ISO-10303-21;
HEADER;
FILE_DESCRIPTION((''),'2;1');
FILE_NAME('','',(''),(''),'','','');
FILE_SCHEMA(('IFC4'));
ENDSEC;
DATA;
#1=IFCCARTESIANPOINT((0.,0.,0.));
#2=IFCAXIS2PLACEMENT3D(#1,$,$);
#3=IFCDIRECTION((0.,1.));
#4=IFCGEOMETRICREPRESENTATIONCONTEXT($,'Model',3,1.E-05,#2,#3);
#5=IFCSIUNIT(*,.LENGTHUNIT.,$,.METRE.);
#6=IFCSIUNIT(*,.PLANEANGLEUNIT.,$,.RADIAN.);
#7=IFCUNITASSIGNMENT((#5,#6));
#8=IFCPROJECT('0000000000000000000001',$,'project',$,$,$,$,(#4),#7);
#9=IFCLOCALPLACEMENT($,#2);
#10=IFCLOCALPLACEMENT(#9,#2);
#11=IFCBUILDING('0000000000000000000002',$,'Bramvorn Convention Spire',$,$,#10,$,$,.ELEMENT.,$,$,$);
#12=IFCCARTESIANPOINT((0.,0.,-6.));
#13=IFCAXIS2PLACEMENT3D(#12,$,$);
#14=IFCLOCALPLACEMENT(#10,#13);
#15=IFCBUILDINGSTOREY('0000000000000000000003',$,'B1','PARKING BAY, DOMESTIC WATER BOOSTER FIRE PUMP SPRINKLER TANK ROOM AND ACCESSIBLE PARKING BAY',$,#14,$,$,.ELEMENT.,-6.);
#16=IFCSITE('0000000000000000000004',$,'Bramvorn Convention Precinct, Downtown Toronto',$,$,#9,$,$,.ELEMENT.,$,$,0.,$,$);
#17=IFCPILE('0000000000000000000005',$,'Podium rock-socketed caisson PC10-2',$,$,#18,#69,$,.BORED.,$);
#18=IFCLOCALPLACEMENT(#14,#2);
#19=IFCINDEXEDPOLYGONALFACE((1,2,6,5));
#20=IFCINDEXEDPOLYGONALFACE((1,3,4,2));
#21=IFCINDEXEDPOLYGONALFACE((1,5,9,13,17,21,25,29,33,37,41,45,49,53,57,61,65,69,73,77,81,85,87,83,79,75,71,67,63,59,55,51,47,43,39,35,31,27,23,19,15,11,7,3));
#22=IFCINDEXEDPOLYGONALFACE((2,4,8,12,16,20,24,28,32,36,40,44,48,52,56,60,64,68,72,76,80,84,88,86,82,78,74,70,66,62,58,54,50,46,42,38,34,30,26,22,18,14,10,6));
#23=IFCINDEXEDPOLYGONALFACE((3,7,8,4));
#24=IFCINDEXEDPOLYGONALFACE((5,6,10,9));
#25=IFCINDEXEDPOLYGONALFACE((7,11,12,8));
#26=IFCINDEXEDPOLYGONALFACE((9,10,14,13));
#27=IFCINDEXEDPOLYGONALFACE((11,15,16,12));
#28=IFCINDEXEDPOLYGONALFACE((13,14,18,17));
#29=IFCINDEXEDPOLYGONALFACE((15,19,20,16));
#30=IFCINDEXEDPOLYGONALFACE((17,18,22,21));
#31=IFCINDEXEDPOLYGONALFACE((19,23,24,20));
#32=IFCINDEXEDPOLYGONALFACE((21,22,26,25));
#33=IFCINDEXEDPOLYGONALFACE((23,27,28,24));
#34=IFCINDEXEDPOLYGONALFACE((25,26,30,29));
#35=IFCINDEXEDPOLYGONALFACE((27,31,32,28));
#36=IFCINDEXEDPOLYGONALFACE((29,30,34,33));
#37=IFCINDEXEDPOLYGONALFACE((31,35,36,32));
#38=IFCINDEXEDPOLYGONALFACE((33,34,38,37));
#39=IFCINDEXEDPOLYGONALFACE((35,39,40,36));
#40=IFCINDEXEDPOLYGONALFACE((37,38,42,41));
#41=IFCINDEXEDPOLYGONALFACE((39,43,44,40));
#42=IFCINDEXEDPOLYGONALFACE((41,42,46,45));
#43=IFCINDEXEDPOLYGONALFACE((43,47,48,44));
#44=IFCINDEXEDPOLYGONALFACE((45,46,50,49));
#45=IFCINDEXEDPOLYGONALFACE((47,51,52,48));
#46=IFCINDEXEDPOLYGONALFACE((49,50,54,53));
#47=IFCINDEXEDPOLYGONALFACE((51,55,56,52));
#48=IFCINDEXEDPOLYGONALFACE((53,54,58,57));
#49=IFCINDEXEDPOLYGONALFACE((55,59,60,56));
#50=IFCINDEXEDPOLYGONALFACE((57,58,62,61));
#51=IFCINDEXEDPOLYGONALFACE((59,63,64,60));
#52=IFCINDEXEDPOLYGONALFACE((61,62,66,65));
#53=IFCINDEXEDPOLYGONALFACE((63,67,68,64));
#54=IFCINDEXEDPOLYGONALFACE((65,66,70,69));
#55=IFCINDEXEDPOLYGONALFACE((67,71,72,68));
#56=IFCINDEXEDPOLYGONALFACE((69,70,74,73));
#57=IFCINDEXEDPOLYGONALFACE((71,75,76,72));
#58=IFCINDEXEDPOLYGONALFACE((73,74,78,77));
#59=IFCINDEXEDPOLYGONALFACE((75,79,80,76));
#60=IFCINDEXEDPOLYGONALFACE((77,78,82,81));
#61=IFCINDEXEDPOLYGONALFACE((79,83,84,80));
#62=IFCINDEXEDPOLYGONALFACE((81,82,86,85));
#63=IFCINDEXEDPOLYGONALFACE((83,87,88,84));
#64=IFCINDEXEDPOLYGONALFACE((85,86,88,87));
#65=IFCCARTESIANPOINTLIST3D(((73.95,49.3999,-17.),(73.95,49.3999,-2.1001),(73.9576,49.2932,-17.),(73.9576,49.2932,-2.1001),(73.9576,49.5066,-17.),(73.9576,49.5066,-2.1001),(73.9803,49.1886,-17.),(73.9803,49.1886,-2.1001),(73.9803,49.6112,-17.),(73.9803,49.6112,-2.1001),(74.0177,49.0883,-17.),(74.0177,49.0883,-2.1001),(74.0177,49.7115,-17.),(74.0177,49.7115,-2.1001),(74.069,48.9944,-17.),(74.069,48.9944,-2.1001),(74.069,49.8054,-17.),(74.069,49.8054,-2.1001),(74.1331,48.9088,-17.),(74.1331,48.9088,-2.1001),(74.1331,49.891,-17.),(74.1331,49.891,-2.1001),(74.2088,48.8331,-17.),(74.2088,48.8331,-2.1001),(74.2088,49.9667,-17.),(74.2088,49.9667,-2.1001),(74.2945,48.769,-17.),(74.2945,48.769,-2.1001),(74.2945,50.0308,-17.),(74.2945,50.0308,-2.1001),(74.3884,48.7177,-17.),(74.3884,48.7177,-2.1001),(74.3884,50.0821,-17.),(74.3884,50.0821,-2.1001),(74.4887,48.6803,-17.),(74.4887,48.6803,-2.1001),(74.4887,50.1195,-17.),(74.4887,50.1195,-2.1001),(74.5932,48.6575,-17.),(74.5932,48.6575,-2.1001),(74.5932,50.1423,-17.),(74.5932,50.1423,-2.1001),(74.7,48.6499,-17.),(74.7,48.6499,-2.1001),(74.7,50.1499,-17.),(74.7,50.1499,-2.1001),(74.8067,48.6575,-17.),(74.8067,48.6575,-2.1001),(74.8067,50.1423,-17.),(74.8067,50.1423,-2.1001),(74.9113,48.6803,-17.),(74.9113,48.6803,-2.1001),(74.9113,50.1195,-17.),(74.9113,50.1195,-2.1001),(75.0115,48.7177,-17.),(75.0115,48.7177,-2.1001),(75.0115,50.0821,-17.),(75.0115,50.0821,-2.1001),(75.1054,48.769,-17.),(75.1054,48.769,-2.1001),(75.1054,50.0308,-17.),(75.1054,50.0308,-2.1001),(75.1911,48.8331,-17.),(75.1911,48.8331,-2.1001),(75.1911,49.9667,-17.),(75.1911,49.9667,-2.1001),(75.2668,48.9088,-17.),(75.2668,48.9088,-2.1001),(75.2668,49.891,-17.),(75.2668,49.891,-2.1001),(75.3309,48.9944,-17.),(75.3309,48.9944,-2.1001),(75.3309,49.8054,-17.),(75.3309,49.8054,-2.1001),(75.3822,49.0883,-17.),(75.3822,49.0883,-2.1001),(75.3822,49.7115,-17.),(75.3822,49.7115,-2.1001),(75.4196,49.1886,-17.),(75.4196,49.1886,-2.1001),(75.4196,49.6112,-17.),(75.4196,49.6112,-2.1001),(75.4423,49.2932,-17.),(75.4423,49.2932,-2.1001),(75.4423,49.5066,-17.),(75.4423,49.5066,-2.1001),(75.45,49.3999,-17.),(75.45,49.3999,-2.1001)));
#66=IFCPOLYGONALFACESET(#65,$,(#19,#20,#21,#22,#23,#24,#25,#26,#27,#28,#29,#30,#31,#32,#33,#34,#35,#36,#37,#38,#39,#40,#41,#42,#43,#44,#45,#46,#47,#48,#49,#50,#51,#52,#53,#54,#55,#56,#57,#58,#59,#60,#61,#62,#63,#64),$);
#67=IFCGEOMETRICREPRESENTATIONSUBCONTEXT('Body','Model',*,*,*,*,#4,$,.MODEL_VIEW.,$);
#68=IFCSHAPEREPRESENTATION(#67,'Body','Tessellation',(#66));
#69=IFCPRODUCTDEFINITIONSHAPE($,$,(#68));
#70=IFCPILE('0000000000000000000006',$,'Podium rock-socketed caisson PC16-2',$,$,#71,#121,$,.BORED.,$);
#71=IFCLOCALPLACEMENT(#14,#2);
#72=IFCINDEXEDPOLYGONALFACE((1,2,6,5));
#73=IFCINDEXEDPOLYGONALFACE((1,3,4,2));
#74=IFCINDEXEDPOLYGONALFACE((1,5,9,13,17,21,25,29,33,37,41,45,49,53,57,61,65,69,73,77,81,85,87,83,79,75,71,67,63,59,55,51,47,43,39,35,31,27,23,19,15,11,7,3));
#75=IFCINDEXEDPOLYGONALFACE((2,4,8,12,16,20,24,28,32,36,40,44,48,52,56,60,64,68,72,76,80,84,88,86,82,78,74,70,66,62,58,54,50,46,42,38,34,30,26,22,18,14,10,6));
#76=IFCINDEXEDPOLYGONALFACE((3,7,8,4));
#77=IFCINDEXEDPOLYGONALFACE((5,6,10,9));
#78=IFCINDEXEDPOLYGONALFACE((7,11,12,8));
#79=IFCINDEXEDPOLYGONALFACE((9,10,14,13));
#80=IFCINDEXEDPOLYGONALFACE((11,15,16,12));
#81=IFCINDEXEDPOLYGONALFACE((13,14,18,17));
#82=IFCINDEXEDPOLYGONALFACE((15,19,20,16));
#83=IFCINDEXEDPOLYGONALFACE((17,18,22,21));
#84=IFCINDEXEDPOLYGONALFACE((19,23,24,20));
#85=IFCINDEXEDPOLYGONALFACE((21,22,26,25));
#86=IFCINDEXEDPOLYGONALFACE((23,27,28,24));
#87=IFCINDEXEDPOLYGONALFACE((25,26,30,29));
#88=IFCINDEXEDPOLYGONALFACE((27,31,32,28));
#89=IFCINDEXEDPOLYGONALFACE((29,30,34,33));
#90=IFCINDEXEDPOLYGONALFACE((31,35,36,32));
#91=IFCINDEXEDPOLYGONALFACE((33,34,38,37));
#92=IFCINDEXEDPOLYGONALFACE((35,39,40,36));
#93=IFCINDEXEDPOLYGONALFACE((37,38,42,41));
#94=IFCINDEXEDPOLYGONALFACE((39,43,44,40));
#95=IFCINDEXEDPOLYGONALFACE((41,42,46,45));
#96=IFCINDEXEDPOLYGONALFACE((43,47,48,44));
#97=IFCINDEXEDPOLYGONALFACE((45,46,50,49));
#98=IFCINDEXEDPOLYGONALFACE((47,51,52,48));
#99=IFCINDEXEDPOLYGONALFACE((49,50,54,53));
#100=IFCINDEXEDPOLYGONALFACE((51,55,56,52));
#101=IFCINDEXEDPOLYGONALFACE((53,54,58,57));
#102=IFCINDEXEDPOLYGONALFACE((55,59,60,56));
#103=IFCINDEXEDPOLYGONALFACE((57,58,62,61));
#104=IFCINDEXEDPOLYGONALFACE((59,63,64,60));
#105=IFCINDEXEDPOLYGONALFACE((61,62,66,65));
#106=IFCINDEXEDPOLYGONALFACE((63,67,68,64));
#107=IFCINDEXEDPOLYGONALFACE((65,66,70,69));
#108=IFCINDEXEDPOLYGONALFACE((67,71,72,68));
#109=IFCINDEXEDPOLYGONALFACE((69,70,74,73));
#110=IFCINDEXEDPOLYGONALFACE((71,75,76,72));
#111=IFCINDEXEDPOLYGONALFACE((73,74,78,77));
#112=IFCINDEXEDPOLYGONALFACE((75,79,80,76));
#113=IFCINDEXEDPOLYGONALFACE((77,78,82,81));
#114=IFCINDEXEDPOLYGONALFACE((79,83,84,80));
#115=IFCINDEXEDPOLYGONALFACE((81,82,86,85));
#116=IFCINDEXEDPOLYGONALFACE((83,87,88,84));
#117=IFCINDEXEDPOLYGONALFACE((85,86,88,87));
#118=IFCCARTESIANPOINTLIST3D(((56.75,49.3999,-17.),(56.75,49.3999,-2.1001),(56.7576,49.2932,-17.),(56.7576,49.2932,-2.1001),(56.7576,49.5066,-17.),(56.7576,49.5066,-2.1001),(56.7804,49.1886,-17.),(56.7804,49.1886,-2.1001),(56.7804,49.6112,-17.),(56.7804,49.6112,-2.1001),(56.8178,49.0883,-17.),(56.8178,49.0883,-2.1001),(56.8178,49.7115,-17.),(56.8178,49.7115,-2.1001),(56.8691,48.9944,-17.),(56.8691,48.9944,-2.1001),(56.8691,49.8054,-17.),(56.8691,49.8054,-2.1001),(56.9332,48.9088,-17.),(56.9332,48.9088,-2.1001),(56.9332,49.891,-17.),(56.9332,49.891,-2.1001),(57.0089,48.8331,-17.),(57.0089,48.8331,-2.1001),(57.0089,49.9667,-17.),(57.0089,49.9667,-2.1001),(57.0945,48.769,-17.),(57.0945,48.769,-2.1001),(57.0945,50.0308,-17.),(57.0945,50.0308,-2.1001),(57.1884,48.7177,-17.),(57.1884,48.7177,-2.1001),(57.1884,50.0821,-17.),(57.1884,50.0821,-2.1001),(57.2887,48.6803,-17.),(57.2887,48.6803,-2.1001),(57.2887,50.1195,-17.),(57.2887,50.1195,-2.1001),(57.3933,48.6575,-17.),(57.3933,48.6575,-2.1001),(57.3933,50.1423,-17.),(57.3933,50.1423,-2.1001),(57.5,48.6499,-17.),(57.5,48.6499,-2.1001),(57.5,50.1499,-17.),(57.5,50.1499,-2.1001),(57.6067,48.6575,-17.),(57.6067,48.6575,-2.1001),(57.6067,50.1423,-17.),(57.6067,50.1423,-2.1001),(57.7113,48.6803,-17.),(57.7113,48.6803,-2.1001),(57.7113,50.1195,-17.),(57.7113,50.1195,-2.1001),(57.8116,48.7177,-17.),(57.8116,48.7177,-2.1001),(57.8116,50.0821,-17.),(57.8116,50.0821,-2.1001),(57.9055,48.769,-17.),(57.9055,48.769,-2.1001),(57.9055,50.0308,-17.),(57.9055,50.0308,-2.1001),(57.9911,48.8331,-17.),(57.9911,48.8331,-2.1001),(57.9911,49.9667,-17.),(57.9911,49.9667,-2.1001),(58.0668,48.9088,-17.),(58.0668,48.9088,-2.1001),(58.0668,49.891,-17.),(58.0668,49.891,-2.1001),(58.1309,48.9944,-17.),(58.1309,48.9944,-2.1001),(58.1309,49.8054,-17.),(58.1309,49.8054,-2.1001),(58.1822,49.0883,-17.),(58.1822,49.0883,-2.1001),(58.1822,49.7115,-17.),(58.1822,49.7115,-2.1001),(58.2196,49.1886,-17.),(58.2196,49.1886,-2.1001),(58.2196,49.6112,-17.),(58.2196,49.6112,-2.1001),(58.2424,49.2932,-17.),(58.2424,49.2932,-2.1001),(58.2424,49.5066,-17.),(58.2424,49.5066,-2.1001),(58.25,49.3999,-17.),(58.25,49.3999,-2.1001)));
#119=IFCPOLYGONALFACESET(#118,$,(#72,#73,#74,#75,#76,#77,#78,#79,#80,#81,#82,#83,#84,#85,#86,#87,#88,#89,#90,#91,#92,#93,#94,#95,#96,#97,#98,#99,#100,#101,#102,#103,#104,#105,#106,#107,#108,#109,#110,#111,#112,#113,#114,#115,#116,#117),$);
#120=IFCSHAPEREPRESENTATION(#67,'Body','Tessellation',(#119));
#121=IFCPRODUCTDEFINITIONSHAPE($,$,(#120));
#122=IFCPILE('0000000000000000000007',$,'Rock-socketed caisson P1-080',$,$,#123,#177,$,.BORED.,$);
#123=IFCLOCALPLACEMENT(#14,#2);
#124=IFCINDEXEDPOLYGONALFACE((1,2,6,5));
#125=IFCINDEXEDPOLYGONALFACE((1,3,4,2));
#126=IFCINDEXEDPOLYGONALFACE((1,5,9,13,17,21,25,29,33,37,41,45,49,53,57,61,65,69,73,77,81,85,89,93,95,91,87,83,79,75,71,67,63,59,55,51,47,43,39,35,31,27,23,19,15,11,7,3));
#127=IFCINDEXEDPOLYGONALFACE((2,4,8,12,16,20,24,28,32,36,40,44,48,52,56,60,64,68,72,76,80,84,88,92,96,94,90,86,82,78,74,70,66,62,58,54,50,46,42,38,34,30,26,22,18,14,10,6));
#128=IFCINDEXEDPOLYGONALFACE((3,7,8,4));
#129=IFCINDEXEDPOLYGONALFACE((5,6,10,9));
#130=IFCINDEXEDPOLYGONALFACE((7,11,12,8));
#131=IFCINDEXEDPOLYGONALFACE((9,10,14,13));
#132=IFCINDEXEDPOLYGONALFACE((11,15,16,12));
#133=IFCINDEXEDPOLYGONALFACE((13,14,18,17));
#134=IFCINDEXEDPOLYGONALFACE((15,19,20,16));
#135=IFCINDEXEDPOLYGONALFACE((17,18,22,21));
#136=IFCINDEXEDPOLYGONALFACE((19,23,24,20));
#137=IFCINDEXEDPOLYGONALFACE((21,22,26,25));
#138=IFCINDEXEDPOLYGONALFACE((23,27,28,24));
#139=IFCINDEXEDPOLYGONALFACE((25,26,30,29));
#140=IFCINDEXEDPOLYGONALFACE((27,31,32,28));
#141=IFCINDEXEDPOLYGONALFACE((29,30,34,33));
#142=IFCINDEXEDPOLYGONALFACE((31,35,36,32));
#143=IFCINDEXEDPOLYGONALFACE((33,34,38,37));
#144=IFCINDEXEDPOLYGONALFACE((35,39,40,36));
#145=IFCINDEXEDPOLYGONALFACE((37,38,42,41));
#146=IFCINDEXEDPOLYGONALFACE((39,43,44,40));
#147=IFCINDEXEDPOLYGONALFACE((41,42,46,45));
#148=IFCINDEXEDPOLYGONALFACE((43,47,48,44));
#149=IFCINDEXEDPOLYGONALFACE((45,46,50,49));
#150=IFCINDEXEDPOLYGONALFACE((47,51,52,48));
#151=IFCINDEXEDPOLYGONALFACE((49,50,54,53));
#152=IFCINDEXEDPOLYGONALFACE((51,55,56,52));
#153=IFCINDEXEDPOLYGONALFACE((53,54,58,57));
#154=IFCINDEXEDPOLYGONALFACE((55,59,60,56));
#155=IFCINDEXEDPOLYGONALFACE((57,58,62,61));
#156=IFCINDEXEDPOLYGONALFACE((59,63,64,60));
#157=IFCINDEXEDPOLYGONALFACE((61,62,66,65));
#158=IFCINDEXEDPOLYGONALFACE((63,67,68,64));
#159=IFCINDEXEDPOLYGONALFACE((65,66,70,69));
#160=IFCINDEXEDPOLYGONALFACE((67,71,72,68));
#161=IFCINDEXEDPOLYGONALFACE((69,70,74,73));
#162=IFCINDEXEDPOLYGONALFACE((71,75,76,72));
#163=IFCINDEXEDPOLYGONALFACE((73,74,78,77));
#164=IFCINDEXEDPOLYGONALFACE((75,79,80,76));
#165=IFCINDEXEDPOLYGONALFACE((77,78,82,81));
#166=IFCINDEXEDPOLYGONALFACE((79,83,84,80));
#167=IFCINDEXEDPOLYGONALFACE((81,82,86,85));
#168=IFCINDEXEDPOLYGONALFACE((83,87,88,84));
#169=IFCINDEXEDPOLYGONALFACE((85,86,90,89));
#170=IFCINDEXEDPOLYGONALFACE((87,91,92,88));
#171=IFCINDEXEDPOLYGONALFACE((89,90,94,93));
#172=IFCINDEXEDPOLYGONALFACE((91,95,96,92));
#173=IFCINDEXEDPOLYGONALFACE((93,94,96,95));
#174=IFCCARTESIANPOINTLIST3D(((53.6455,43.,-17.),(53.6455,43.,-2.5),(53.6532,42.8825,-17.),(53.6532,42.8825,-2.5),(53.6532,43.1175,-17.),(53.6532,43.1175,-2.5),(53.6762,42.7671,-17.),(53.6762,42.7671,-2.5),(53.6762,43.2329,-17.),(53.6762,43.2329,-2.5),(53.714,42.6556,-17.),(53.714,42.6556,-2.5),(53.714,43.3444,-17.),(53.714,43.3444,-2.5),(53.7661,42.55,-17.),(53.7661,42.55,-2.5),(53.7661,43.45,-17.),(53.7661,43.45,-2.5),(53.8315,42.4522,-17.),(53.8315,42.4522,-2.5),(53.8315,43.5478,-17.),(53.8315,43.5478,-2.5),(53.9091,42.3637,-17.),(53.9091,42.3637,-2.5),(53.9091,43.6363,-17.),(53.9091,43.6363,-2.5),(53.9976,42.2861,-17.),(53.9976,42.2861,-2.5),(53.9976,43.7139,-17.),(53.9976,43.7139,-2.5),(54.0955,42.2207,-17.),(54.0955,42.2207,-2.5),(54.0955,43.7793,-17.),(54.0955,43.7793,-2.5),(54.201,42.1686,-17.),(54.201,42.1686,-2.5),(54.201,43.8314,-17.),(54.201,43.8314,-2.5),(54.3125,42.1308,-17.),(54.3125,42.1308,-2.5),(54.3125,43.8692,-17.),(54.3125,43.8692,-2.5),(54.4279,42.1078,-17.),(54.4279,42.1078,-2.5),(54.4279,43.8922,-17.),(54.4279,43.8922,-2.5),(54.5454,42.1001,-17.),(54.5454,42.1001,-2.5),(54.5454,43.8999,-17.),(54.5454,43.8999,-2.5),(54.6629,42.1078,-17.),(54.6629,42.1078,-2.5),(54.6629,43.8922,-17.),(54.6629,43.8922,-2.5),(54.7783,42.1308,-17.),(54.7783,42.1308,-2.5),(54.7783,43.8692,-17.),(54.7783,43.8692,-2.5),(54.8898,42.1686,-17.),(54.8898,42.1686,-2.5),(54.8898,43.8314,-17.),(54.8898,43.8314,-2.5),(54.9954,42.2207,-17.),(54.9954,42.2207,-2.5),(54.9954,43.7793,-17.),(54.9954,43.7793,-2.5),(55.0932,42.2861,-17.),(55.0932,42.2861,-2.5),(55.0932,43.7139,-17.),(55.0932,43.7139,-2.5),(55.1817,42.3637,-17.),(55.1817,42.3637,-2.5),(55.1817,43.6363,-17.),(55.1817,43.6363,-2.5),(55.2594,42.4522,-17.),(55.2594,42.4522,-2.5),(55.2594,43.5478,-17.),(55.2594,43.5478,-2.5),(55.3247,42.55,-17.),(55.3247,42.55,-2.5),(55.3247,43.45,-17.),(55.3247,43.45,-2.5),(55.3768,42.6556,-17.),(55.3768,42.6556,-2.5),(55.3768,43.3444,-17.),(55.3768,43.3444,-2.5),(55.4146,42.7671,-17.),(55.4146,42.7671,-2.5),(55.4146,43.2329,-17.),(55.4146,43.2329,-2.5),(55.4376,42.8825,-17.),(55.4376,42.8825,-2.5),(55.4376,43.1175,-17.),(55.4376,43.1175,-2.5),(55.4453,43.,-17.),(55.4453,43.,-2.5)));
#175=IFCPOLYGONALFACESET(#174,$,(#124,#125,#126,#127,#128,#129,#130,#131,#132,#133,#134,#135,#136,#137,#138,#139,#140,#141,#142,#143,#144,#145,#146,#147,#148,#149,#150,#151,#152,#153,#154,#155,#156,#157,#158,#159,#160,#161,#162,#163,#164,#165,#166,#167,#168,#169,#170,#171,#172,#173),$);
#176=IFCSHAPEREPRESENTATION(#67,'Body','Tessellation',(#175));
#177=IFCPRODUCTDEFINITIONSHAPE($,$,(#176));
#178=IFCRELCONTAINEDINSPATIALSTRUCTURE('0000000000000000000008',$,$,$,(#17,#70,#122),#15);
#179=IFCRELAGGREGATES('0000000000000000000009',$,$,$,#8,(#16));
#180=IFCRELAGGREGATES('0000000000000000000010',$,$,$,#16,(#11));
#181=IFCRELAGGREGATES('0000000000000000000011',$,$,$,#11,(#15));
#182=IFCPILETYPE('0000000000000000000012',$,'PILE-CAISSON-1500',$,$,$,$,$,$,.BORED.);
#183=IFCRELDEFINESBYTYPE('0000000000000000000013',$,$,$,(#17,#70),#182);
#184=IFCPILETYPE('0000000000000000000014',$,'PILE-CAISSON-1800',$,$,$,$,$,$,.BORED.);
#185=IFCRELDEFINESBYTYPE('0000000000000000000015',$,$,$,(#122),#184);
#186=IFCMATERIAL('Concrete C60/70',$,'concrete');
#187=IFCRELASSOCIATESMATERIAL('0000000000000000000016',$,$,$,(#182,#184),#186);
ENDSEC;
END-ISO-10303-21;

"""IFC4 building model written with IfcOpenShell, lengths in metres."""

from ifc_helpers import new_model, si_unit, direction, frame, origin, origin_2d, place, context, subcontext, project, spatial, circle, extrude, material, material_profile, profile_set, type_object, element, save


model = new_model("IFC4")

# Units and contexts
model_context = context("Model", 3, precision=1e-05, world=origin(), true_north=direction((0.0, 1.0)))
body_context = subcontext(model_context, "Body", "Model", "MODEL_VIEW")
ifc_project = project(units=[si_unit("LENGTHUNIT", "METRE"), si_unit("PLANEANGLEUNIT", "RADIAN")], contexts=[model_context])

# Site, building, storey
site_placement = place(None, origin())
site = spatial("IfcSite", under=ifc_project, at=site_placement, Name="Bramvorn Convention Precinct, Downtown Toronto", CompositionType="ELEMENT", RefElevation=0.0)
building_placement = place(site_placement, origin())
building = spatial("IfcBuilding", under=site, at=building_placement, Name="Bramvorn Convention Spire", CompositionType="ELEMENT")
storey_placement = place(building_placement, frame((0.0, 0.0, -6.0)))
storey = spatial("IfcBuildingStorey", under=building, at=storey_placement, Name="B1", Description="PARKING BAY, DOMESTIC WATER BOOSTER FIRE PUMP SPRINKLER TANK ROOM AND ACCESSIBLE PARKING BAY", CompositionType="ELEMENT", Elevation=-6.0)

# Shared definitions
ifc_material_1 = material(Name="Concrete C60/70", Category="concrete")

# Piles
ifc_material_profile_1 = material_profile(ifc_material_1, circle(Radius=0.75, at=origin_2d()))
ifc_profile_set_1 = profile_set([ifc_material_profile_1], Name="Concrete C60/70 - CAISSON1500")
pile_type_1 = type_object("IfcPileType", Name="PILE-CAISSON-1500", PredefinedType="BORED", material=ifc_profile_set_1)
for number, where, z_axis, x_axis, name in (
    (1, (74.7, 49.3999, -2.1001), (0.0, 0.0, -1.0), (1.0, 0.0, 0.0), "Podium rock-socketed caisson PC10-2"),
    (2, (57.5, 49.3999, -2.1001), (0.0, 0.0, -1.0), (1.0, 0.0, 0.0), "Podium rock-socketed caisson PC16-2"),
):
    element("IfcPile", number, at=place(storey_placement, frame(where, z_axis=z_axis, x_axis=x_axis)), inside=storey, type_object=pile_type_1, Name=name, PredefinedType="BORED", context=body_context, shape_type="SweptSolid", body=[
        extrude(circle(Radius=0.75, at=origin_2d()), origin(), (0.0, 0.0, 1.0), 14.8999),
    ])
ifc_material_profile_2 = material_profile(ifc_material_1, circle(Radius=0.8999, at=origin_2d()))
ifc_profile_set_2 = profile_set([ifc_material_profile_2], Name="Concrete C60/70 - CAISSON1800")
pile_type_2 = type_object("IfcPileType", Name="PILE-CAISSON-1800", PredefinedType="BORED", material=ifc_profile_set_2)
for number, where, z_axis, x_axis, name in (
    (3, (54.5454, 43.0, -2.5), (0.0, 0.0, -1.0), (1.0, 0.0, 0.0), "Rock-socketed caisson P1-080"),
):
    element("IfcPile", number, at=place(storey_placement, frame(where, z_axis=z_axis, x_axis=x_axis)), inside=storey, type_object=pile_type_2, Name=name, PredefinedType="BORED", context=body_context, shape_type="SweptSolid", body=[
        extrude(circle(Radius=0.8999, at=origin_2d()), origin(), (0.0, 0.0, 1.0), 14.5),
    ])

save(model, "model.ifc")
